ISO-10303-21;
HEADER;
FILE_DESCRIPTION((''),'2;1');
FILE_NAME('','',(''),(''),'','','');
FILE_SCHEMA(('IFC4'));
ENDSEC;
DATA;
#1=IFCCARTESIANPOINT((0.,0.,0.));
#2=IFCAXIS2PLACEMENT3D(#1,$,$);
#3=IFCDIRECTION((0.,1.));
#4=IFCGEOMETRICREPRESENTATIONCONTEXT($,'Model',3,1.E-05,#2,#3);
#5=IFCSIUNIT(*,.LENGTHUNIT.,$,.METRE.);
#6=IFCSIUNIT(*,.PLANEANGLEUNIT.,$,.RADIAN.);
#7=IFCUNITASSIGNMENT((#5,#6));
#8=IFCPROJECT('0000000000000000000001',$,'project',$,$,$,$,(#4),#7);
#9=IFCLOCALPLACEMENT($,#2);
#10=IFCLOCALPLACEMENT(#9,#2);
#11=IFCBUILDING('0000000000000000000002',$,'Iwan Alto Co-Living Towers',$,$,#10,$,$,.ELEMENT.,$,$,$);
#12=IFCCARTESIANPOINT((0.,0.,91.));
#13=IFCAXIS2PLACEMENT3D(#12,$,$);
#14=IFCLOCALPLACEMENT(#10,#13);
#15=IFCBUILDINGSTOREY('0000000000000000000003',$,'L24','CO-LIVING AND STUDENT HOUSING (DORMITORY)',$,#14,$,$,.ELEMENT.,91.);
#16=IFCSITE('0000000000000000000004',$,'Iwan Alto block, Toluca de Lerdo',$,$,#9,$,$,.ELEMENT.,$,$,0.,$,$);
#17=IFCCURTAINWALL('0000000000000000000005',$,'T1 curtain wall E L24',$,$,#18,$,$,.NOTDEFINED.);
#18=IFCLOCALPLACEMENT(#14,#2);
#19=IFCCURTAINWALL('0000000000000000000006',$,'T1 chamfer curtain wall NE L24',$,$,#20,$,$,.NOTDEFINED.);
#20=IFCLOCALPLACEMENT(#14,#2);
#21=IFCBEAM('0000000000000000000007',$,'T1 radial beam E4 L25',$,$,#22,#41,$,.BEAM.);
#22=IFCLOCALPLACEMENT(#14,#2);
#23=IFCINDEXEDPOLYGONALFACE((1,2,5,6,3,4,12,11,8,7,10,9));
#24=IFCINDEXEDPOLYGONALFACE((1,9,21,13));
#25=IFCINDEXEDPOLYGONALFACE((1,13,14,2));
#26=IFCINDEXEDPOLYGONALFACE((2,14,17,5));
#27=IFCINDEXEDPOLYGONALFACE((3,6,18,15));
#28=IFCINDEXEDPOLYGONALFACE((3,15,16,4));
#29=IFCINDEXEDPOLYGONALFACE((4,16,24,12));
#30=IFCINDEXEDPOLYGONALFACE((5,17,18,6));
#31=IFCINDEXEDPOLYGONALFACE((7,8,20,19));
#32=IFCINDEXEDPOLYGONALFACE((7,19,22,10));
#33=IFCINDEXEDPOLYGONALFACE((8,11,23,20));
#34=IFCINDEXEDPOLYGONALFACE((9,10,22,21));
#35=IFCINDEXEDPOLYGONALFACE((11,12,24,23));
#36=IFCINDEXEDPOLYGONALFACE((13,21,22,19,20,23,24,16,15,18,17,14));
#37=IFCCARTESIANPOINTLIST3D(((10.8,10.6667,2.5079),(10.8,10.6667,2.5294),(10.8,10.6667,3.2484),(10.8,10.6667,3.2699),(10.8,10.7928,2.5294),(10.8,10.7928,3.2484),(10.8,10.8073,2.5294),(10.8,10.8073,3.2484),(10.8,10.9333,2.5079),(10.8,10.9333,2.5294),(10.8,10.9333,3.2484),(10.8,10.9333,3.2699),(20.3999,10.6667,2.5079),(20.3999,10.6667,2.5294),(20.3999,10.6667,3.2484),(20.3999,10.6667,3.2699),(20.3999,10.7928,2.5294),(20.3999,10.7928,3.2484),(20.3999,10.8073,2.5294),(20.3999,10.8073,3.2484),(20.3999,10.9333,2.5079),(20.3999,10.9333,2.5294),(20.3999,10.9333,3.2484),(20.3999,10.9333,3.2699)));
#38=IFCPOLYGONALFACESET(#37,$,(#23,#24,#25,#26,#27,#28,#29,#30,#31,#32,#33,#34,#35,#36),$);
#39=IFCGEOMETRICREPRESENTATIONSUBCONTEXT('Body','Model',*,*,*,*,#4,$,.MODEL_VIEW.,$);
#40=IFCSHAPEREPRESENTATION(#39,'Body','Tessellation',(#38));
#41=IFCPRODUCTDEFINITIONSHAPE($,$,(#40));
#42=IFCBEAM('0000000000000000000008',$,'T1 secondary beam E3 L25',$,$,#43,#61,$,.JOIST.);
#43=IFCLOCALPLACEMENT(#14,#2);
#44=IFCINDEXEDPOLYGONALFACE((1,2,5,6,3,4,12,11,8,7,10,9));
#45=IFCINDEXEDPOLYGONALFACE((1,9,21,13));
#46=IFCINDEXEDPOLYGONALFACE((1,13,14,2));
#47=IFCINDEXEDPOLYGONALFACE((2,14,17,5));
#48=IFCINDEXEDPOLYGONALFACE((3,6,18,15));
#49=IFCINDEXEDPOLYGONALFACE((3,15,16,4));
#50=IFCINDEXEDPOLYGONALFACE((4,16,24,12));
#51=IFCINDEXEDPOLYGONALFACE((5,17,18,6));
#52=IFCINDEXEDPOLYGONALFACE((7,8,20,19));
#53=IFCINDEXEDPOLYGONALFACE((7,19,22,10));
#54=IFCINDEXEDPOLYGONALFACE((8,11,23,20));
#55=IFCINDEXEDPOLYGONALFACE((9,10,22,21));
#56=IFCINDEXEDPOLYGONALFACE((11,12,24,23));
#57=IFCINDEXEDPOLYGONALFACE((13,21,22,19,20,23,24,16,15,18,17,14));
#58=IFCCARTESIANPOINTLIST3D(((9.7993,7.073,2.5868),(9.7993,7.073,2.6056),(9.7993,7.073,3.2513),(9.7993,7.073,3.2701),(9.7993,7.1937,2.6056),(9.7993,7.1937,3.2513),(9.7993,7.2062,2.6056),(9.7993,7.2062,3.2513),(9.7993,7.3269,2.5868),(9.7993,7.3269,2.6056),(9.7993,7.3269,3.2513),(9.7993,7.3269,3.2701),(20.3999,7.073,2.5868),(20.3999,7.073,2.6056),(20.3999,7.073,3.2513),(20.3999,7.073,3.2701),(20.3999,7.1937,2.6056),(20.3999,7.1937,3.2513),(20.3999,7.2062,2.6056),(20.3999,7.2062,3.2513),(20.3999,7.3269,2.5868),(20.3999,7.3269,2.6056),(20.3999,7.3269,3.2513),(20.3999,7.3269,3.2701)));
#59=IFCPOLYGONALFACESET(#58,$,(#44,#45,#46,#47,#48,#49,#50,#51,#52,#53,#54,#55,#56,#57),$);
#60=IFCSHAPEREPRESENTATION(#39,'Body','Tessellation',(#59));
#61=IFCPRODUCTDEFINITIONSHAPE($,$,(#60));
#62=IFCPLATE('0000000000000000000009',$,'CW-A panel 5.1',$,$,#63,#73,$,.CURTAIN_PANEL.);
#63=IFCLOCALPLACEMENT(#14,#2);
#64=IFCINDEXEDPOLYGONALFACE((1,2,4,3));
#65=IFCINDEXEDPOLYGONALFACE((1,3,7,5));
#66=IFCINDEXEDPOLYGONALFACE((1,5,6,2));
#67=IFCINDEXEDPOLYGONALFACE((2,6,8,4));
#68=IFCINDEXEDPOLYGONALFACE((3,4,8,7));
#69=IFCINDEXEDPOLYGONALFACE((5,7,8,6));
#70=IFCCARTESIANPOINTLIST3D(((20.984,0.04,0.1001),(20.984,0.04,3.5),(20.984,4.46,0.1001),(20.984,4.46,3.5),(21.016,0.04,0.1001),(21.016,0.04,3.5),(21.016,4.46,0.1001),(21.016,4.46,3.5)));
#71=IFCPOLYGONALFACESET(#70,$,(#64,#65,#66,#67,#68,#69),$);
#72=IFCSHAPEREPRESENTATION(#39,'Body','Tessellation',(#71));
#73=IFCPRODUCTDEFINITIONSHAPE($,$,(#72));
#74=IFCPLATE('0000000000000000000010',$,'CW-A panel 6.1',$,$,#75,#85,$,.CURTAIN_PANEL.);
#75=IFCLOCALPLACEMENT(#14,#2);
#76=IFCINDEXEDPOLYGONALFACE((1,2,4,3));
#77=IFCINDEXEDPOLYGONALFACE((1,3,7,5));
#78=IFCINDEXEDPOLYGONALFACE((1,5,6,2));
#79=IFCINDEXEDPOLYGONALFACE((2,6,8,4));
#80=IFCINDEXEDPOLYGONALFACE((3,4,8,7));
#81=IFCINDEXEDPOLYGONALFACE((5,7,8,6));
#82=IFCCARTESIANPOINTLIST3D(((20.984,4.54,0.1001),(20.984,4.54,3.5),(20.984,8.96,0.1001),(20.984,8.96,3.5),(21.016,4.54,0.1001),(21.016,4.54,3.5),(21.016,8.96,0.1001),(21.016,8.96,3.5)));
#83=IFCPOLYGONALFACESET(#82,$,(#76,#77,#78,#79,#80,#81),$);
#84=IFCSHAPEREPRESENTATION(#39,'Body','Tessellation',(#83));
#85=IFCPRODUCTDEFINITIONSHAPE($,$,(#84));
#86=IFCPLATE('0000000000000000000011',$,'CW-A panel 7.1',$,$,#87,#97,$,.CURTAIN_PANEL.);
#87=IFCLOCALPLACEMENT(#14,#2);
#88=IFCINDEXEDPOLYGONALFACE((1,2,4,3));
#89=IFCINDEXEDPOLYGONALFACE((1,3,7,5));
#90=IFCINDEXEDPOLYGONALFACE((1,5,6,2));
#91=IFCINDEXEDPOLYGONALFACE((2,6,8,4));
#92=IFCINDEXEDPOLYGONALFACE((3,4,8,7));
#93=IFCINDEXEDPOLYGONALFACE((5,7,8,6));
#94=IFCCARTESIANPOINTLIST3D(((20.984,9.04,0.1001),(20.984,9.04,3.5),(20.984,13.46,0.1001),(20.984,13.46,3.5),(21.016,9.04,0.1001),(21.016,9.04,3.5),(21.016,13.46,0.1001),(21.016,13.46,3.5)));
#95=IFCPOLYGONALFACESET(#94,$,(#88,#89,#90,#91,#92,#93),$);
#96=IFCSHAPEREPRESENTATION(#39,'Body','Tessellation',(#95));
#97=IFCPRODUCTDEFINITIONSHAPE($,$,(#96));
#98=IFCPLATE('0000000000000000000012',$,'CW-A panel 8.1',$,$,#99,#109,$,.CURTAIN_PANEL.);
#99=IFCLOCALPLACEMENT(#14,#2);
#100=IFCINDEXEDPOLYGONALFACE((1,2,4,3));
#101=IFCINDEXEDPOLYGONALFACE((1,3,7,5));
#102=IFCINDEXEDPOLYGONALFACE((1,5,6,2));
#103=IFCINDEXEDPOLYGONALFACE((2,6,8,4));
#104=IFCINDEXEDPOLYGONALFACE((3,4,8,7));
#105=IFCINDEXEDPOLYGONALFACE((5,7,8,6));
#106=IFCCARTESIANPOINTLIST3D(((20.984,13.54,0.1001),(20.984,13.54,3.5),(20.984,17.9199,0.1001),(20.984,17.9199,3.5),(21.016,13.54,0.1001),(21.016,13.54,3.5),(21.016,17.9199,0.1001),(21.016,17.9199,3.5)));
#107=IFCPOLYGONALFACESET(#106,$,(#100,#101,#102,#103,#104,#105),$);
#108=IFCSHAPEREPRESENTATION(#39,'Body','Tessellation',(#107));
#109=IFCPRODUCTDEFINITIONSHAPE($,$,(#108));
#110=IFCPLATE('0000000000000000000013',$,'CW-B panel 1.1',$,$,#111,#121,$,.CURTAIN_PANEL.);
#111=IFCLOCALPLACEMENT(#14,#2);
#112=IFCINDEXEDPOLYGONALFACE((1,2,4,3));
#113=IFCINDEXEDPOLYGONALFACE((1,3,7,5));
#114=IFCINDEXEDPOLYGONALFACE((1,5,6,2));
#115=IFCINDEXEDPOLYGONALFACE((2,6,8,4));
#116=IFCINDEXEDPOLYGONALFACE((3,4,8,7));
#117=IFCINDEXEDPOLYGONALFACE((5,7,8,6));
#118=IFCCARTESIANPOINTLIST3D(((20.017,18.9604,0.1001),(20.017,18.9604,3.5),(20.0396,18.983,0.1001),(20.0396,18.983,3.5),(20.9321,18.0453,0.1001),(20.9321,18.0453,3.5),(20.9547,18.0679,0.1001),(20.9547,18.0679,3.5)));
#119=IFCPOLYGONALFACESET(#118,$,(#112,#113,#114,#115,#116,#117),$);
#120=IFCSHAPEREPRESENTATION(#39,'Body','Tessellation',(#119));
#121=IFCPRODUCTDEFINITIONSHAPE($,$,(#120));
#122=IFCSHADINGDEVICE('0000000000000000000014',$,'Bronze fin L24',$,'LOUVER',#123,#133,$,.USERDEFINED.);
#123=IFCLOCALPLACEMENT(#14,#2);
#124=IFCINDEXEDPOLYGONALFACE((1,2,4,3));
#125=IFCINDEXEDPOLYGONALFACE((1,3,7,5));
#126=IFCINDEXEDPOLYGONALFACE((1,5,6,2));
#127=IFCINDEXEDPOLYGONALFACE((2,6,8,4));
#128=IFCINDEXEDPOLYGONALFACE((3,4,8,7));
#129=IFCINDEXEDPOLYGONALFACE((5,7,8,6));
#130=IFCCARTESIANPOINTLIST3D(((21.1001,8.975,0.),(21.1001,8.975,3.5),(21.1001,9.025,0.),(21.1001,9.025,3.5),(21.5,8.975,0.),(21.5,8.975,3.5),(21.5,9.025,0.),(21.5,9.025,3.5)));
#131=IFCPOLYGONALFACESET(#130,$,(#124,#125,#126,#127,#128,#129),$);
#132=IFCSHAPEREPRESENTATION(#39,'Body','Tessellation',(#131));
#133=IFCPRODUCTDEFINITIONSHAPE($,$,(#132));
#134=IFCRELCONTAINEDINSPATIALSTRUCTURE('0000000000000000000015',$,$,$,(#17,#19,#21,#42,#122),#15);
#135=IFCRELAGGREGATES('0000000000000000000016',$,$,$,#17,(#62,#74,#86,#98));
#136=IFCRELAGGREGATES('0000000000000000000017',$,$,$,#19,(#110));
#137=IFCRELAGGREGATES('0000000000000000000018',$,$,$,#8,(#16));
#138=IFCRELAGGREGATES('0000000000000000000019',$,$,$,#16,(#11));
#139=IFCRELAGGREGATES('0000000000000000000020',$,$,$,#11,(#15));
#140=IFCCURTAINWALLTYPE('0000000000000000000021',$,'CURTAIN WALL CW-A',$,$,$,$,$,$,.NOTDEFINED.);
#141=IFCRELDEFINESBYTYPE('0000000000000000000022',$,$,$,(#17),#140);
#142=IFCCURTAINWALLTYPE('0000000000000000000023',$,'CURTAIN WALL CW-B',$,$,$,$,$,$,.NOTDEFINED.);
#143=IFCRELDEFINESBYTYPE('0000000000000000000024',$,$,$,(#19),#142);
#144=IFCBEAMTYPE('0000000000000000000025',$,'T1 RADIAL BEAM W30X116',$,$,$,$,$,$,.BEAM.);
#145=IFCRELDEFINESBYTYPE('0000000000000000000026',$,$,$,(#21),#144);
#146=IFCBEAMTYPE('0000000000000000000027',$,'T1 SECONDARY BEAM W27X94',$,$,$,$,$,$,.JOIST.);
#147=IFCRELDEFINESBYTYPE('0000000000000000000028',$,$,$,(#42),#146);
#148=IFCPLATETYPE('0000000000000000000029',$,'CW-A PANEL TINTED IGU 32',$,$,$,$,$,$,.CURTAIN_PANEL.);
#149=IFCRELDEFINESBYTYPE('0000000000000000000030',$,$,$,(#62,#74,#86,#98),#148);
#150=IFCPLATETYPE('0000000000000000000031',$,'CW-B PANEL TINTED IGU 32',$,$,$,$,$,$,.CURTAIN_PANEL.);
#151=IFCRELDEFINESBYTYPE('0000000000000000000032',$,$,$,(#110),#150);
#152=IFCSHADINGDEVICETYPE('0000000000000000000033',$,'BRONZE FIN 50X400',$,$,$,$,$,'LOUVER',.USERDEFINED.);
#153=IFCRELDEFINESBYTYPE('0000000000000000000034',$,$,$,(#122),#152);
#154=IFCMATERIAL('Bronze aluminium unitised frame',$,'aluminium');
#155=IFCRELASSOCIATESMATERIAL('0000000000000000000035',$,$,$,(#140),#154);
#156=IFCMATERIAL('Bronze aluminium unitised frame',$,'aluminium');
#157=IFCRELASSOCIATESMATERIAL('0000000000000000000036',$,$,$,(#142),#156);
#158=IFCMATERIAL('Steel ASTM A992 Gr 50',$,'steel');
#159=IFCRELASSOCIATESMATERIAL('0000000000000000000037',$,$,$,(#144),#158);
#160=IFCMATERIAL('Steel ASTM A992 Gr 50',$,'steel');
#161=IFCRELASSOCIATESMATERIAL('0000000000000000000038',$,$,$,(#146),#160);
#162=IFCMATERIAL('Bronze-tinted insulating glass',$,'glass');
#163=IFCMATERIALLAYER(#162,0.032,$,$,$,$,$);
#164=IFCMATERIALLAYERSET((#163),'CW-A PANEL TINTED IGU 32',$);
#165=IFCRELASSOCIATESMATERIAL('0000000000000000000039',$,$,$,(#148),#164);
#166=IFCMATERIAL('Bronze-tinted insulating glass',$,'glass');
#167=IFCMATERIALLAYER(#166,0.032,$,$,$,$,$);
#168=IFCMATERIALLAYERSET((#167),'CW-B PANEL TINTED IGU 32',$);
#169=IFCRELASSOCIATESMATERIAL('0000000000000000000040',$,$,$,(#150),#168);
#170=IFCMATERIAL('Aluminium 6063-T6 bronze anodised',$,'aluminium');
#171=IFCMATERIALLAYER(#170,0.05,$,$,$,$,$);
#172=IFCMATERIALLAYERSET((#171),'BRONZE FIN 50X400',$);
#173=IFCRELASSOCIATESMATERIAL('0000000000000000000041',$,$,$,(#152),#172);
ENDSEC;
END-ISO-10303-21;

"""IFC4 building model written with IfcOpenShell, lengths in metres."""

from ifc_helpers import new_model, si_unit, direction, frame, origin, origin_2d, place, context, subcontext, project, spatial, rectangle, i_section, extrude, material, layer, layer_set, material_profile, profile_set, type_object, element, aggregate, save


model = new_model("IFC4")

# Units and contexts
model_context = context("Model", 3, precision=1e-05, world=origin(), true_north=direction((0.0, 1.0)))
body_context = subcontext(model_context, "Body", "Model", "MODEL_VIEW")
ifc_project = project(units=[si_unit("LENGTHUNIT", "METRE"), si_unit("PLANEANGLEUNIT", "RADIAN")], contexts=[model_context])

# Site, building, storey
site_placement = place(None, origin())
site = spatial("IfcSite", under=ifc_project, at=site_placement, Name="Iwan Alto block, Toluca de Lerdo", CompositionType="ELEMENT", RefElevation=0.0)
building_placement = place(site_placement, origin())
building = spatial("IfcBuilding", under=site, at=building_placement, Name="Iwan Alto Co-Living Towers", CompositionType="ELEMENT")
storey_placement = place(building_placement, frame((0.0, 0.0, 91.0)))
storey = spatial("IfcBuildingStorey", under=building, at=storey_placement, Name="L24", Description="CO-LIVING AND STUDENT HOUSING (DORMITORY)", CompositionType="ELEMENT", Elevation=91.0)

# Curtain walls
ifc_material_1 = material(Name="Bronze aluminium unitised frame", Category="aluminium")
curtain_wall_type_1 = type_object("IfcCurtainWallType", Name="CURTAIN WALL CW-A", PredefinedType="NOTDEFINED", material=ifc_material_1)
curtain_wall_1_placement = place(storey_placement, origin())
curtain_wall_1 = element("IfcCurtainWall", 1, at=curtain_wall_1_placement, inside=storey, type_object=curtain_wall_type_1, Name="T1 curtain wall E L24", PredefinedType="NOTDEFINED")
ifc_material_2 = material(Name="Bronze aluminium unitised frame", Category="aluminium")
curtain_wall_type_2 = type_object("IfcCurtainWallType", Name="CURTAIN WALL CW-B", PredefinedType="NOTDEFINED", material=ifc_material_2)
curtain_wall_2_placement = place(storey_placement, origin())
curtain_wall_2 = element("IfcCurtainWall", 2, at=curtain_wall_2_placement, inside=storey, type_object=curtain_wall_type_2, Name="T1 chamfer curtain wall NE L24", PredefinedType="NOTDEFINED")

# Beams
ifc_material_3 = material(Name="Steel ASTM A992 Gr 50", Category="steel")
ifc_material_profile_1 = material_profile(ifc_material_3, i_section(OverallWidth=0.2666, OverallDepth=0.762, WebThickness=0.0144, FlangeThickness=0.0215, at=origin_2d()), Name="W30X116")
ifc_profile_set_1 = profile_set([ifc_material_profile_1], Name="Steel ASTM A992 Gr 50")
beam_type_1 = type_object("IfcBeamType", Name="T1 RADIAL BEAM W30X116", PredefinedType="BEAM", material=ifc_profile_set_1)
beam_1_placement = place(storey_placement, frame((20.3999, 10.8, 2.8889), z_axis=(-1.0, 0.0, 0.0), x_axis=(0.0, -1.0, 0.0)))
element("IfcBeam", 3, at=beam_1_placement, inside=storey, type_object=beam_type_1, Name="T1 radial beam E4 L25", PredefinedType="BEAM", context=body_context, shape_type="SweptSolid", body=[
    extrude(i_section(OverallWidth=0.2666, OverallDepth=0.762, WebThickness=0.0144, FlangeThickness=0.0215, at=origin_2d()), origin(), (0.0, 0.0, 1.0), 9.5999),
])
ifc_material_4 = material(Name="Steel ASTM A992 Gr 50", Category="steel")
ifc_material_profile_2 = material_profile(ifc_material_4, i_section(OverallWidth=0.2539, OverallDepth=0.6833, WebThickness=0.0125, FlangeThickness=0.0188, at=origin_2d()), Name="W27X94")
ifc_profile_set_2 = profile_set([ifc_material_profile_2], Name="Steel ASTM A992 Gr 50")
beam_type_2 = type_object("IfcBeamType", Name="T1 SECONDARY BEAM W27X94", PredefinedType="JOIST", material=ifc_profile_set_2)
beam_2_placement = place(storey_placement, frame((20.3999, 7.2, 2.9285), z_axis=(-1.0, 0.0, 0.0), x_axis=(0.0, -1.0, 0.0)))
element("IfcBeam", 4, at=beam_2_placement, inside=storey, type_object=beam_type_2, Name="T1 secondary beam E3 L25", PredefinedType="JOIST", context=body_context, shape_type="SweptSolid", body=[
    extrude(i_section(OverallWidth=0.2539, OverallDepth=0.6833, WebThickness=0.0125, FlangeThickness=0.0188, at=origin_2d()), origin(), (0.0, 0.0, 1.0), 10.6006),
])

# Plates
ifc_material_5 = material(Name="Bronze-tinted insulating glass", Category="glass")
ifc_layer_1 = layer(ifc_material_5, 0.032)
ifc_layer_set_1 = layer_set([ifc_layer_1], Name="CW-A PANEL TINTED IGU 32")
plate_type_1 = type_object("IfcPlateType", Name="CW-A PANEL TINTED IGU 32", PredefinedType="CURTAIN_PANEL", material=ifc_layer_set_1)
plate_1_placement = place(storey_placement, frame((21.0, 2.25, 0.1001), z_axis=(0.0, 0.0, 1.0), x_axis=(0.0, 1.0, 0.0)))
plate_1 = element("IfcPlate", 5, at=plate_1_placement, type_object=plate_type_1, Name="CW-A panel 5.1", PredefinedType="CURTAIN_PANEL", context=body_context, shape_type="SweptSolid", body=[
    extrude(rectangle(XDim=4.4199, YDim=0.032, at=origin_2d()), origin(), (0.0, 0.0, 1.0), 3.3999),
])
plate_2_placement = place(storey_placement, frame((21.0, 6.75, 0.1001), z_axis=(0.0, 0.0, 1.0), x_axis=(0.0, 1.0, 0.0)))
plate_2 = element("IfcPlate", 6, at=plate_2_placement, type_object=plate_type_1, Name="CW-A panel 6.1", PredefinedType="CURTAIN_PANEL", context=body_context, shape_type="SweptSolid", body=[
    extrude(rectangle(XDim=4.4199, YDim=0.032, at=origin_2d()), origin(), (0.0, 0.0, 1.0), 3.3999),
])
plate_3_placement = place(storey_placement, frame((21.0, 11.25, 0.1001), z_axis=(0.0, 0.0, 1.0), x_axis=(0.0, 1.0, 0.0)))
plate_3 = element("IfcPlate", 7, at=plate_3_placement, type_object=plate_type_1, Name="CW-A panel 7.1", PredefinedType="CURTAIN_PANEL", context=body_context, shape_type="SweptSolid", body=[
    extrude(rectangle(XDim=4.4199, YDim=0.032, at=origin_2d()), origin(), (0.0, 0.0, 1.0), 3.3999),
])
plate_4_placement = place(storey_placement, frame((21.0, 15.73, 0.1001), z_axis=(0.0, 0.0, 1.0), x_axis=(0.0, 1.0, 0.0)))
plate_4 = element("IfcPlate", 8, at=plate_4_placement, type_object=plate_type_1, Name="CW-A panel 8.1", PredefinedType="CURTAIN_PANEL", context=body_context, shape_type="SweptSolid", body=[
    extrude(rectangle(XDim=4.3799, YDim=0.032, at=origin_2d()), origin(), (0.0, 0.0, 1.0), 3.3999),
])
aggregate(curtain_wall_1, [plate_1, plate_2, plate_3, plate_4])
ifc_material_6 = material(Name="Bronze-tinted insulating glass", Category="glass")
ifc_layer_2 = layer(ifc_material_6, 0.032)
ifc_layer_set_2 = layer_set([ifc_layer_2], Name="CW-B PANEL TINTED IGU 32")
plate_type_2 = type_object("IfcPlateType", Name="CW-B PANEL TINTED IGU 32", PredefinedType="CURTAIN_PANEL", material=ifc_layer_set_2)
plate_5_placement = place(storey_placement, frame((20.4858, 18.5142, 0.1001), z_axis=(0.0, 0.0, 1.0), x_axis=(-0.707107, 0.707107, 0.0)))
plate_5 = element("IfcPlate", 9, at=plate_5_placement, type_object=plate_type_2, Name="CW-B panel 1.1", PredefinedType="CURTAIN_PANEL", context=body_context, shape_type="SweptSolid", body=[
    extrude(rectangle(XDim=1.2942, YDim=0.032, at=origin_2d()), origin(), (0.0, 0.0, 1.0), 3.3999),
])
aggregate(curtain_wall_2, [plate_5])

# Shading device
ifc_material_7 = material(Name="Aluminium 6063-T6 bronze anodised", Category="aluminium")
ifc_layer_3 = layer(ifc_material_7, 0.05)
ifc_layer_set_3 = layer_set([ifc_layer_3], Name="BRONZE FIN 50X400")
shading_device_type = type_object("IfcShadingDeviceType", Name="BRONZE FIN 50X400", ElementType="LOUVER", PredefinedType="USERDEFINED", material=ifc_layer_set_3)
shading_device_placement = place(storey_placement, frame((21.3, 9.0, 0.0), z_axis=(0.0, 0.0, 1.0), x_axis=(0.0, 1.0, 0.0)))
element("IfcShadingDevice", 10, at=shading_device_placement, inside=storey, type_object=shading_device_type, Name="Bronze fin L24", ObjectType="LOUVER", PredefinedType="USERDEFINED", context=body_context, shape_type="SweptSolid", body=[
    extrude(rectangle(XDim=0.05, YDim=0.3999, at=origin_2d()), origin(), (0.0, 0.0, 1.0), 3.5),
])

save(model, "model.ifc")
